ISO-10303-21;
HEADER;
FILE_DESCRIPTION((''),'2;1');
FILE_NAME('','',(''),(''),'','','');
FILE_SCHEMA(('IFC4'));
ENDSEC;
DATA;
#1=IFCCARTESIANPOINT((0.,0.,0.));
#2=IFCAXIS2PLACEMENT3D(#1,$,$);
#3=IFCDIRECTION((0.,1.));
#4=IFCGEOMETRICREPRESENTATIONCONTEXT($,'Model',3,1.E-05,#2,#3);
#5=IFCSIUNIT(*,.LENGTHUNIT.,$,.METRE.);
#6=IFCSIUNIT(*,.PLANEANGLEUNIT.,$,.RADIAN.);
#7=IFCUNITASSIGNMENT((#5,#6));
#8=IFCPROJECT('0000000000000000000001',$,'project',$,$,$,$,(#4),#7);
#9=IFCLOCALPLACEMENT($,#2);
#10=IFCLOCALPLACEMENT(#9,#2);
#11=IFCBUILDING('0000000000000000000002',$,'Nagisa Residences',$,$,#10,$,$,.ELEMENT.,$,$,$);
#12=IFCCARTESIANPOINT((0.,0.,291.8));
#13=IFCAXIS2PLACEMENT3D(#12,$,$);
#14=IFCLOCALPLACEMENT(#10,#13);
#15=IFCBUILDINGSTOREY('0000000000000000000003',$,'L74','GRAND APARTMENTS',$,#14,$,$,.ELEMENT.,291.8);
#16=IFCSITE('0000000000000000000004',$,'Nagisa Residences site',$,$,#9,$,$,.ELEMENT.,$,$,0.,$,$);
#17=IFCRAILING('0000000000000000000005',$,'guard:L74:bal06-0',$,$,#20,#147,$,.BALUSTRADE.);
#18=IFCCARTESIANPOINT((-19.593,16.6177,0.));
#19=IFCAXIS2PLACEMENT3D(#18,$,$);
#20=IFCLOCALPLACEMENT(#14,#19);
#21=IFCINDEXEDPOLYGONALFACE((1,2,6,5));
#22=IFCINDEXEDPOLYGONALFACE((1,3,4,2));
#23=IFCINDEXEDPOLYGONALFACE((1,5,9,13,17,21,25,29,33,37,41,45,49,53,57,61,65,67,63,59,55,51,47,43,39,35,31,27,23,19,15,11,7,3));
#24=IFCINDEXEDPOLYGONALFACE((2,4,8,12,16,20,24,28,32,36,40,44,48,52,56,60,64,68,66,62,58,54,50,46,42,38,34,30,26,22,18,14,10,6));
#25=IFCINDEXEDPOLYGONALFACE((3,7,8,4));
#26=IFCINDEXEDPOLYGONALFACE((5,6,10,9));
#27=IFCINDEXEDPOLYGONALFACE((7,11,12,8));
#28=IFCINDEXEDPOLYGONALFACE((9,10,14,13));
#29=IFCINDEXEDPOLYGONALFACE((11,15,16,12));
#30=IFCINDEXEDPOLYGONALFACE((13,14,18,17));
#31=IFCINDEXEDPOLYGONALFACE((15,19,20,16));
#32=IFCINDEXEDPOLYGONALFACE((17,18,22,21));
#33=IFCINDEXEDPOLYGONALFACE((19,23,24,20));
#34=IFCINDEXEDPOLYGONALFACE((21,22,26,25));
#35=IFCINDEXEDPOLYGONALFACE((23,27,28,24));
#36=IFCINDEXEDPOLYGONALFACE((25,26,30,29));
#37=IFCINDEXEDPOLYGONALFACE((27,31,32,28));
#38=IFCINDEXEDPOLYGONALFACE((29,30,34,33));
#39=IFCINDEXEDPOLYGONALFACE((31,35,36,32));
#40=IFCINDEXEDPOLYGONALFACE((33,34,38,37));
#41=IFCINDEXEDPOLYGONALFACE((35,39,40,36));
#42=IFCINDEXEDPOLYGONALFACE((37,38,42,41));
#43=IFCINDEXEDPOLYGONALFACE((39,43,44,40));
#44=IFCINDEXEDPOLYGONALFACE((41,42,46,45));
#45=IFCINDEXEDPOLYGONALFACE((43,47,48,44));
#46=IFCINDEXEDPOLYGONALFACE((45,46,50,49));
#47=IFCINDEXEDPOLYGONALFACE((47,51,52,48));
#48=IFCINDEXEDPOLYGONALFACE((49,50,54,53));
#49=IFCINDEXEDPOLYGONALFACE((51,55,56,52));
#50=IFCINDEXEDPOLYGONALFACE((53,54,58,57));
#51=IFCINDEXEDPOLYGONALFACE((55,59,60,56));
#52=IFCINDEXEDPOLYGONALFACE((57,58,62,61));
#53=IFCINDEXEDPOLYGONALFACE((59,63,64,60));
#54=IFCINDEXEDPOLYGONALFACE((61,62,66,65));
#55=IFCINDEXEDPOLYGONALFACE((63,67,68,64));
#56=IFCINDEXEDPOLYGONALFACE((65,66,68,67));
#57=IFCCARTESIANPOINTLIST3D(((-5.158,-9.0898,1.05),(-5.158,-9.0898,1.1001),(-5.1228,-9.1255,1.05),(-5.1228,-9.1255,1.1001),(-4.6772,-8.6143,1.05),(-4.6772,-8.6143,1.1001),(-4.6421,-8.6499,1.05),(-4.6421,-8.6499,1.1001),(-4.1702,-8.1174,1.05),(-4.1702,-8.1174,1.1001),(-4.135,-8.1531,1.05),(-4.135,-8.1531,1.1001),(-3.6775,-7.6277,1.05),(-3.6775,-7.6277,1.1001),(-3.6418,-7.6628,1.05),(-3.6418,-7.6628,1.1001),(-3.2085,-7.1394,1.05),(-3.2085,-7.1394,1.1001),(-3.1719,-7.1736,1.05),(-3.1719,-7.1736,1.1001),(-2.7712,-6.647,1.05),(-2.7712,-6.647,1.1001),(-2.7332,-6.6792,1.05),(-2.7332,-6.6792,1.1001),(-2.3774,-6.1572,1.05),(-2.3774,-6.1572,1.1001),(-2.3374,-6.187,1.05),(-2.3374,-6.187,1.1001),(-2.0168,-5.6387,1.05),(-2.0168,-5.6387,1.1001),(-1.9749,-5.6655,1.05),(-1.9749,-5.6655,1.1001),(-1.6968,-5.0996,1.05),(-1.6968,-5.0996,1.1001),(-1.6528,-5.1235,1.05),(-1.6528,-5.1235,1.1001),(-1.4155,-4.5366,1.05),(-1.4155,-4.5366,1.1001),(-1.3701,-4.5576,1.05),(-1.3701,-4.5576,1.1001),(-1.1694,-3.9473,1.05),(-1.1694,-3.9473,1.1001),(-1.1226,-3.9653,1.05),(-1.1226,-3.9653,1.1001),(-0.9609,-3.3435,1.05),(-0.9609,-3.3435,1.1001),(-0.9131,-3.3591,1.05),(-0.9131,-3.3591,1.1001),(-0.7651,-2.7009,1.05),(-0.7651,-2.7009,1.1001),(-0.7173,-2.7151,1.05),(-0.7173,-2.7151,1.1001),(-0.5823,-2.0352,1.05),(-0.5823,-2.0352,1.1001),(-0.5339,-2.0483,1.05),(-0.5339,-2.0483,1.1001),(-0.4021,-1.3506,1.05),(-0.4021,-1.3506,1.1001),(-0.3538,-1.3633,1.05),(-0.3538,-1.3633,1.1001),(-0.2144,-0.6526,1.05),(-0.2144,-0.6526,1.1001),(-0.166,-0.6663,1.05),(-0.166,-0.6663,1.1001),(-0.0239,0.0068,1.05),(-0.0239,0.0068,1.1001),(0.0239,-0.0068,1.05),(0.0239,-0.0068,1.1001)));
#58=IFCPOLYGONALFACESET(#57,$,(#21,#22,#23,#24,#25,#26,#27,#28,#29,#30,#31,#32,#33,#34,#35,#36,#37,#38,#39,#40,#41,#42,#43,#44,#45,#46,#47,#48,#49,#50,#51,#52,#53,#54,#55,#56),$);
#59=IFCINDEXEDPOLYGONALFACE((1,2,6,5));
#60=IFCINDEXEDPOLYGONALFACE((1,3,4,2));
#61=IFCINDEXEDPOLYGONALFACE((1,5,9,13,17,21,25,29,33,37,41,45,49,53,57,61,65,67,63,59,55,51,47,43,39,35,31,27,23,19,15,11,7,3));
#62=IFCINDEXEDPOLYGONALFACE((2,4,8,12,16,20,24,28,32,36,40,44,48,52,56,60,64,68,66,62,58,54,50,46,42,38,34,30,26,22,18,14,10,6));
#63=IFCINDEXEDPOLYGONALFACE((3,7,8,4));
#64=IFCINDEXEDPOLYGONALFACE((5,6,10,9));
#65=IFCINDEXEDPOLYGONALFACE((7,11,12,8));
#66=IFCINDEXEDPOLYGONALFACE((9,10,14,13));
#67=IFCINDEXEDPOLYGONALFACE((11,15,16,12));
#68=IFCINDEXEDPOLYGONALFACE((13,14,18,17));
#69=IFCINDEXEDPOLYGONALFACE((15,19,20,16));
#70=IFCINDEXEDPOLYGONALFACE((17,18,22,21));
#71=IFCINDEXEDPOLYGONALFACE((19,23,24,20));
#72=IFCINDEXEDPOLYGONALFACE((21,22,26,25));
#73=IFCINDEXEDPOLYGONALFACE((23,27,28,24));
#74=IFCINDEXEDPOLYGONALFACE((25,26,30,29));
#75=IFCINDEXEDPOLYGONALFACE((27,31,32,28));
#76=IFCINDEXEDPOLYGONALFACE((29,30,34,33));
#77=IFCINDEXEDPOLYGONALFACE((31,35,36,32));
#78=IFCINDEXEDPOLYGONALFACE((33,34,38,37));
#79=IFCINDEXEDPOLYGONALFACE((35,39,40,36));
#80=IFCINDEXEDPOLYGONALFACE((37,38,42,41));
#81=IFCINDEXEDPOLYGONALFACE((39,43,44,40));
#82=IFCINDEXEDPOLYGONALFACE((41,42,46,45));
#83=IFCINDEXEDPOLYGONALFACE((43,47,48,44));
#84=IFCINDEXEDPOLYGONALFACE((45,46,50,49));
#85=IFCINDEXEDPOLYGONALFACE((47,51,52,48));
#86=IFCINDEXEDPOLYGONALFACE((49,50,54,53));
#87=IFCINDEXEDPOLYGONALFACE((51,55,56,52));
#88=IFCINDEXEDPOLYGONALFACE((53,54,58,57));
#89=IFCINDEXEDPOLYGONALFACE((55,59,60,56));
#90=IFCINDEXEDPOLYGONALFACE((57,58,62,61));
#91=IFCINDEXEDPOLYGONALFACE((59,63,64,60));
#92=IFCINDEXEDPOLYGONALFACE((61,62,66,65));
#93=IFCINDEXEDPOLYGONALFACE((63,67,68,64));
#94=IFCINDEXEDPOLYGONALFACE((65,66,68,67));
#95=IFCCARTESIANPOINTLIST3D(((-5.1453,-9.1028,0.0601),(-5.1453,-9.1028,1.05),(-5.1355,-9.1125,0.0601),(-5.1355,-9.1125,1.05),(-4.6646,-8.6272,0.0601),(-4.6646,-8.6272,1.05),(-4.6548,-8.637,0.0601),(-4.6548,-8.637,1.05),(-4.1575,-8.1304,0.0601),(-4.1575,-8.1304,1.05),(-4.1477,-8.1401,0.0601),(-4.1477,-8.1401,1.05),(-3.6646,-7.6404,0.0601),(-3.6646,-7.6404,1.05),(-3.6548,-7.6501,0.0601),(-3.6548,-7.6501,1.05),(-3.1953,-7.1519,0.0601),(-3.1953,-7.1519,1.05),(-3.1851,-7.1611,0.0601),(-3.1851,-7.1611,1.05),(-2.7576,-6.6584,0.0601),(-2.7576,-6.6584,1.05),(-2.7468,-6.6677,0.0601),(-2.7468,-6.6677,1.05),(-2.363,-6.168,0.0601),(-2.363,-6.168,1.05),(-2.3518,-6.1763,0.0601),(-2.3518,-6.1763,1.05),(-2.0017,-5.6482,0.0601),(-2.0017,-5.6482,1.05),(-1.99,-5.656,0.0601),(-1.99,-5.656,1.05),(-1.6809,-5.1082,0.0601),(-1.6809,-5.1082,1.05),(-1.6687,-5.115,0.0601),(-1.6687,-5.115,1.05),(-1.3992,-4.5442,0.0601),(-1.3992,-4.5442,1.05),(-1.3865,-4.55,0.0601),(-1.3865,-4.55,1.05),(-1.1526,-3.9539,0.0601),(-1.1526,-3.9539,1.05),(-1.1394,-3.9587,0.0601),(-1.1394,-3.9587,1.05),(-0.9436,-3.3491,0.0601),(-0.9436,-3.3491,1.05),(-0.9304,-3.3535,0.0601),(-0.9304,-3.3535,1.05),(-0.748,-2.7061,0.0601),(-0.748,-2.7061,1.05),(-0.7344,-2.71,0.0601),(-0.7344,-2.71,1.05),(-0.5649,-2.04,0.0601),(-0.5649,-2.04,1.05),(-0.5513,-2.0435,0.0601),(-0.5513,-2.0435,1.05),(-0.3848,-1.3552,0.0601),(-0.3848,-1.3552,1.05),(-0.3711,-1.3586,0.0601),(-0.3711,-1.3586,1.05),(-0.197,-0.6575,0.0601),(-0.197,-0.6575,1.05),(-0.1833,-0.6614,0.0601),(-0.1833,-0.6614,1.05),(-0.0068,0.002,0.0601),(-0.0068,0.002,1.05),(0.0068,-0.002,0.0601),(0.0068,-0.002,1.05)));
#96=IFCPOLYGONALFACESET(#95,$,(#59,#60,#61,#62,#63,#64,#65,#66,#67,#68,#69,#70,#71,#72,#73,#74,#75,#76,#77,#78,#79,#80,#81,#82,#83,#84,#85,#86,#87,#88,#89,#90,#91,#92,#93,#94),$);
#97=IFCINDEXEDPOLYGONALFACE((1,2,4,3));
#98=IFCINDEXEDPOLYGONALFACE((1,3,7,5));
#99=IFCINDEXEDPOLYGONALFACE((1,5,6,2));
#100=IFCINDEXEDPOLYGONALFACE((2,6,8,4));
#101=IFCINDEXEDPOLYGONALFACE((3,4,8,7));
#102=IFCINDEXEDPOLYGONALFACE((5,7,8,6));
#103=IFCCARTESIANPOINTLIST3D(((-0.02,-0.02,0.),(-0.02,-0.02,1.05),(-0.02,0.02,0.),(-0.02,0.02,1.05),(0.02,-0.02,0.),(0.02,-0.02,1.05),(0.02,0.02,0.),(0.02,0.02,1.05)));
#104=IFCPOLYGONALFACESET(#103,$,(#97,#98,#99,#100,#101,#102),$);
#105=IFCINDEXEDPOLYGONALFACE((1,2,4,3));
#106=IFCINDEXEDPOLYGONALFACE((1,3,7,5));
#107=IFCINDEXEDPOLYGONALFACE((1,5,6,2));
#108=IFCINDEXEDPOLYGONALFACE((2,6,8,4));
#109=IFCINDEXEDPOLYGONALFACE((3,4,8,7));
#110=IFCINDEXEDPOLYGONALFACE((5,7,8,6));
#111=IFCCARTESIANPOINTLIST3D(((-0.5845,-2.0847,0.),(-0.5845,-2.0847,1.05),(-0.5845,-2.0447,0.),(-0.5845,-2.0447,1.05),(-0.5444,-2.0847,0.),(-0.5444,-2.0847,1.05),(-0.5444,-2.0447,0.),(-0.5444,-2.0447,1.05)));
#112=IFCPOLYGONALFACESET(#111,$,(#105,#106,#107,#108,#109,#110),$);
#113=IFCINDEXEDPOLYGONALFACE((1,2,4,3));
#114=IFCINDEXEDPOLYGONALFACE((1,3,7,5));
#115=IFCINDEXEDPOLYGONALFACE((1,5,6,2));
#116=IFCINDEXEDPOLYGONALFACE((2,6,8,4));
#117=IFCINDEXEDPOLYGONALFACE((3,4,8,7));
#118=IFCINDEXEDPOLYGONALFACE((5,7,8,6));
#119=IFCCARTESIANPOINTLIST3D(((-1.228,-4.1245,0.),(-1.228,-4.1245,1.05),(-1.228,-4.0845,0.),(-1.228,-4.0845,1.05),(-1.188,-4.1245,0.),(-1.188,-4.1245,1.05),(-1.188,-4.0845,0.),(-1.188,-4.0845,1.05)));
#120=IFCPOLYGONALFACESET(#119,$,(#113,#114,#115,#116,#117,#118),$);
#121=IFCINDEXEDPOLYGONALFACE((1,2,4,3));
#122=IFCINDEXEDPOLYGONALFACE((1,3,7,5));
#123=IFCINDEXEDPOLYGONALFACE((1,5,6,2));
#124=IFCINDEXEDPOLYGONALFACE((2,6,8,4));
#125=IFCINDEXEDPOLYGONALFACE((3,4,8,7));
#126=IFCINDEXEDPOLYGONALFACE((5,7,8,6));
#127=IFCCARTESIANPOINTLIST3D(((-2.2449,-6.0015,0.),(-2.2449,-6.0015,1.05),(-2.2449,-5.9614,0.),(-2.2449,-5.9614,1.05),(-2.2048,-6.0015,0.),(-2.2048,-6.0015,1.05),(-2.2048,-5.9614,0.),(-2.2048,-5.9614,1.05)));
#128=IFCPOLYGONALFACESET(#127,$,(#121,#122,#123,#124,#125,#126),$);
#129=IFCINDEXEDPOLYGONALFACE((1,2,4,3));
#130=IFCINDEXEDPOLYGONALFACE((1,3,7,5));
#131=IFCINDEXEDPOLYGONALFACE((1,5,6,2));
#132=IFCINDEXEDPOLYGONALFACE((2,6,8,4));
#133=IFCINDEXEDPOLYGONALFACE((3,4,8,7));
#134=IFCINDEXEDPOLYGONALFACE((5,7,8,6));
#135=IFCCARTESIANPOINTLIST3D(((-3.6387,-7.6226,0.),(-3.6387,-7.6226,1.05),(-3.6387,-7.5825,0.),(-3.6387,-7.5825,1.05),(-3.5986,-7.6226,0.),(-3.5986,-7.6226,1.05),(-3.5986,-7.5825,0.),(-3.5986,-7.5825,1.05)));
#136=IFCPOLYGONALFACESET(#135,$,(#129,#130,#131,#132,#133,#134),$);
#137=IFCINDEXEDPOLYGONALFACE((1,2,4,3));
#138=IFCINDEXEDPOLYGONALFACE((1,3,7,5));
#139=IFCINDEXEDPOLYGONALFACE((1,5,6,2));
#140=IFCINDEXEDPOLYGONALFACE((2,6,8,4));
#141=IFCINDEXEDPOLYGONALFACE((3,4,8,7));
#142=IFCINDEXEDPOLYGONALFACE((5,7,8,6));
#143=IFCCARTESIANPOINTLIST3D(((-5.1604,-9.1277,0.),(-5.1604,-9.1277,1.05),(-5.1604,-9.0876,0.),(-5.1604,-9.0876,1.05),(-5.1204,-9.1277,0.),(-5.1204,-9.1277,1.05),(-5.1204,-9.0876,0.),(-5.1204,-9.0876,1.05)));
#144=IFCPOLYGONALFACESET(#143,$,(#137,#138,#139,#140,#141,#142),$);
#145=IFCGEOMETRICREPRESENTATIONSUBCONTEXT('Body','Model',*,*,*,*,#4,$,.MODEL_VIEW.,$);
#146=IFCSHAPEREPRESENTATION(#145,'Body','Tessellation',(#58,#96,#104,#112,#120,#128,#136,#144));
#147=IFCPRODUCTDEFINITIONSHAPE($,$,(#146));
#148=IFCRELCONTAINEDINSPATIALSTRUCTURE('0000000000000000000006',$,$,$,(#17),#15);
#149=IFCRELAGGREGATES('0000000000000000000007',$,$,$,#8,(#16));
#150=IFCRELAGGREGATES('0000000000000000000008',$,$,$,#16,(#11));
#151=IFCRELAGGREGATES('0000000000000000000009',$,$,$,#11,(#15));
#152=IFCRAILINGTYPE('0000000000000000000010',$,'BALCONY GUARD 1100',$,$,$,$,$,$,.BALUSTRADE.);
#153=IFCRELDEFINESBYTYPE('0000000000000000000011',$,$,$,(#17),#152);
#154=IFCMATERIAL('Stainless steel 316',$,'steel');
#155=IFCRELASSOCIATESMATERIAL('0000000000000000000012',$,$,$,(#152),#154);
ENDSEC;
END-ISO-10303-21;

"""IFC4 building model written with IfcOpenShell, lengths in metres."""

from ifc_helpers import new_model, si_unit, direction, frame, origin, origin_2d, place, context, subcontext, project, spatial, polyline, rectangle, outline, extrude, material, type_object, element, save


model = new_model("IFC4")

# Units and contexts
model_context = context("Model", 3, precision=1e-05, world=origin(), true_north=direction((0.0, 1.0)))
body_context = subcontext(model_context, "Body", "Model", "MODEL_VIEW")
ifc_project = project(units=[si_unit("LENGTHUNIT", "METRE"), si_unit("PLANEANGLEUNIT", "RADIAN")], contexts=[model_context])

# Site, building, storey
site_placement = place(None, origin())
site = spatial("IfcSite", under=ifc_project, at=site_placement, Name="Nagisa Residences site", CompositionType="ELEMENT", RefElevation=0.0)
building_placement = place(site_placement, origin())
building = spatial("IfcBuilding", under=site, at=building_placement, Name="Nagisa Residences", CompositionType="ELEMENT")
storey_placement = place(building_placement, frame((0.0, 0.0, 291.8)))
storey = spatial("IfcBuildingStorey", under=building, at=storey_placement, Name="L74", Description="GRAND APARTMENTS", CompositionType="ELEMENT", Elevation=291.8)

# Railing
ifc_material_1 = material(Name="Stainless steel 316", Category="steel")
railing_type = type_object("IfcRailingType", Name="BALCONY GUARD 1100", PredefinedType="BALUSTRADE", material=ifc_material_1)
railing_1_placement = place(storey_placement, frame((-19.593, 16.6177, 0.0)))
element("IfcRailing", 1, at=railing_1_placement, inside=storey, type_object=railing_type, Name="guard:L74:bal06-0", PredefinedType="BALUSTRADE", context=body_context, shape_type="SweptSolid", body=[
    extrude(outline(polyline([(-0.166, -0.6663), (0.0239, -0.0068), (-0.0239, 0.0068), (-0.2144, -0.6526), (-0.4021, -1.3506), (-0.5823, -2.0352), (-0.7651, -2.7009), (-0.9609, -3.3435), (-1.1694, -3.9473), (-1.4155, -4.5366), (-1.6968, -5.0996), (-2.0168, -5.6387), (-2.3774, -6.1572), (-2.7712, -6.647), (-3.2085, -7.1394), (-3.6775, -7.6277), (-4.1702, -8.1174), (-4.6772, -8.6143), (-5.158, -9.0898), (-5.1228, -9.1255), (-4.6421, -8.6499), (-4.135, -8.1531), (-3.6418, -7.6628), (-3.1719, -7.1736), (-2.7332, -6.6792), (-2.3374, -6.187), (-1.9749, -5.6655), (-1.6528, -5.1235), (-1.3701, -4.5576), (-1.1226, -3.9653), (-0.9131, -3.3591), (-0.7173, -2.7151), (-0.5339, -2.0483), (-0.3538, -1.3633), (-0.166, -0.6663)])), frame((0.0, 0.0, 1.05)), (0.0, 0.0, 1.0), 0.05),
    extrude(outline(polyline([(-0.1833, -0.6614), (0.0068, -0.002), (-0.0068, 0.002), (-0.197, -0.6575), (-0.3848, -1.3552), (-0.5649, -2.04), (-0.748, -2.7061), (-0.9436, -3.3491), (-1.1526, -3.9539), (-1.3992, -4.5442), (-1.6809, -5.1082), (-2.0017, -5.6482), (-2.363, -6.168), (-2.7576, -6.6584), (-3.1953, -7.1519), (-3.6646, -7.6404), (-4.1575, -8.1304), (-4.6646, -8.6272), (-5.1453, -9.1028), (-5.1355, -9.1125), (-4.6548, -8.637), (-4.1477, -8.1401), (-3.6548, -7.6501), (-3.1851, -7.1611), (-2.7468, -6.6677), (-2.3518, -6.1763), (-1.99, -5.656), (-1.6687, -5.115), (-1.3865, -4.55), (-1.1394, -3.9587), (-0.9304, -3.3535), (-0.7344, -2.71), (-0.5513, -2.0435), (-0.3711, -1.3586), (-0.1833, -0.6614)])), frame((0.0, 0.0, 0.0601)), (0.0, 0.0, 1.0), 0.99),
    extrude(rectangle(XDim=0.04, YDim=0.04, at=origin_2d()), origin(), (0.0, 0.0, 1.0), 1.05),
    extrude(rectangle(XDim=0.04, YDim=0.04, at=origin_2d()), frame((-0.5645, -2.0647, 0.0)), (0.0, 0.0, 1.0), 1.05),
    extrude(rectangle(XDim=0.04, YDim=0.04, at=origin_2d()), frame((-1.208, -4.1045, 0.0)), (0.0, 0.0, 1.0), 1.05),
    extrude(rectangle(XDim=0.04, YDim=0.04, at=origin_2d()), frame((-2.2249, -5.9814, 0.0)), (0.0, 0.0, 1.0), 1.05),
    extrude(rectangle(XDim=0.04, YDim=0.04, at=origin_2d()), frame((-3.6187, -7.6025, 0.0)), (0.0, 0.0, 1.0), 1.05),
    extrude(rectangle(XDim=0.04, YDim=0.04, at=origin_2d()), frame((-5.1404, -9.1077, 0.0)), (0.0, 0.0, 1.0), 1.05),
])

save(model, "model.ifc")
